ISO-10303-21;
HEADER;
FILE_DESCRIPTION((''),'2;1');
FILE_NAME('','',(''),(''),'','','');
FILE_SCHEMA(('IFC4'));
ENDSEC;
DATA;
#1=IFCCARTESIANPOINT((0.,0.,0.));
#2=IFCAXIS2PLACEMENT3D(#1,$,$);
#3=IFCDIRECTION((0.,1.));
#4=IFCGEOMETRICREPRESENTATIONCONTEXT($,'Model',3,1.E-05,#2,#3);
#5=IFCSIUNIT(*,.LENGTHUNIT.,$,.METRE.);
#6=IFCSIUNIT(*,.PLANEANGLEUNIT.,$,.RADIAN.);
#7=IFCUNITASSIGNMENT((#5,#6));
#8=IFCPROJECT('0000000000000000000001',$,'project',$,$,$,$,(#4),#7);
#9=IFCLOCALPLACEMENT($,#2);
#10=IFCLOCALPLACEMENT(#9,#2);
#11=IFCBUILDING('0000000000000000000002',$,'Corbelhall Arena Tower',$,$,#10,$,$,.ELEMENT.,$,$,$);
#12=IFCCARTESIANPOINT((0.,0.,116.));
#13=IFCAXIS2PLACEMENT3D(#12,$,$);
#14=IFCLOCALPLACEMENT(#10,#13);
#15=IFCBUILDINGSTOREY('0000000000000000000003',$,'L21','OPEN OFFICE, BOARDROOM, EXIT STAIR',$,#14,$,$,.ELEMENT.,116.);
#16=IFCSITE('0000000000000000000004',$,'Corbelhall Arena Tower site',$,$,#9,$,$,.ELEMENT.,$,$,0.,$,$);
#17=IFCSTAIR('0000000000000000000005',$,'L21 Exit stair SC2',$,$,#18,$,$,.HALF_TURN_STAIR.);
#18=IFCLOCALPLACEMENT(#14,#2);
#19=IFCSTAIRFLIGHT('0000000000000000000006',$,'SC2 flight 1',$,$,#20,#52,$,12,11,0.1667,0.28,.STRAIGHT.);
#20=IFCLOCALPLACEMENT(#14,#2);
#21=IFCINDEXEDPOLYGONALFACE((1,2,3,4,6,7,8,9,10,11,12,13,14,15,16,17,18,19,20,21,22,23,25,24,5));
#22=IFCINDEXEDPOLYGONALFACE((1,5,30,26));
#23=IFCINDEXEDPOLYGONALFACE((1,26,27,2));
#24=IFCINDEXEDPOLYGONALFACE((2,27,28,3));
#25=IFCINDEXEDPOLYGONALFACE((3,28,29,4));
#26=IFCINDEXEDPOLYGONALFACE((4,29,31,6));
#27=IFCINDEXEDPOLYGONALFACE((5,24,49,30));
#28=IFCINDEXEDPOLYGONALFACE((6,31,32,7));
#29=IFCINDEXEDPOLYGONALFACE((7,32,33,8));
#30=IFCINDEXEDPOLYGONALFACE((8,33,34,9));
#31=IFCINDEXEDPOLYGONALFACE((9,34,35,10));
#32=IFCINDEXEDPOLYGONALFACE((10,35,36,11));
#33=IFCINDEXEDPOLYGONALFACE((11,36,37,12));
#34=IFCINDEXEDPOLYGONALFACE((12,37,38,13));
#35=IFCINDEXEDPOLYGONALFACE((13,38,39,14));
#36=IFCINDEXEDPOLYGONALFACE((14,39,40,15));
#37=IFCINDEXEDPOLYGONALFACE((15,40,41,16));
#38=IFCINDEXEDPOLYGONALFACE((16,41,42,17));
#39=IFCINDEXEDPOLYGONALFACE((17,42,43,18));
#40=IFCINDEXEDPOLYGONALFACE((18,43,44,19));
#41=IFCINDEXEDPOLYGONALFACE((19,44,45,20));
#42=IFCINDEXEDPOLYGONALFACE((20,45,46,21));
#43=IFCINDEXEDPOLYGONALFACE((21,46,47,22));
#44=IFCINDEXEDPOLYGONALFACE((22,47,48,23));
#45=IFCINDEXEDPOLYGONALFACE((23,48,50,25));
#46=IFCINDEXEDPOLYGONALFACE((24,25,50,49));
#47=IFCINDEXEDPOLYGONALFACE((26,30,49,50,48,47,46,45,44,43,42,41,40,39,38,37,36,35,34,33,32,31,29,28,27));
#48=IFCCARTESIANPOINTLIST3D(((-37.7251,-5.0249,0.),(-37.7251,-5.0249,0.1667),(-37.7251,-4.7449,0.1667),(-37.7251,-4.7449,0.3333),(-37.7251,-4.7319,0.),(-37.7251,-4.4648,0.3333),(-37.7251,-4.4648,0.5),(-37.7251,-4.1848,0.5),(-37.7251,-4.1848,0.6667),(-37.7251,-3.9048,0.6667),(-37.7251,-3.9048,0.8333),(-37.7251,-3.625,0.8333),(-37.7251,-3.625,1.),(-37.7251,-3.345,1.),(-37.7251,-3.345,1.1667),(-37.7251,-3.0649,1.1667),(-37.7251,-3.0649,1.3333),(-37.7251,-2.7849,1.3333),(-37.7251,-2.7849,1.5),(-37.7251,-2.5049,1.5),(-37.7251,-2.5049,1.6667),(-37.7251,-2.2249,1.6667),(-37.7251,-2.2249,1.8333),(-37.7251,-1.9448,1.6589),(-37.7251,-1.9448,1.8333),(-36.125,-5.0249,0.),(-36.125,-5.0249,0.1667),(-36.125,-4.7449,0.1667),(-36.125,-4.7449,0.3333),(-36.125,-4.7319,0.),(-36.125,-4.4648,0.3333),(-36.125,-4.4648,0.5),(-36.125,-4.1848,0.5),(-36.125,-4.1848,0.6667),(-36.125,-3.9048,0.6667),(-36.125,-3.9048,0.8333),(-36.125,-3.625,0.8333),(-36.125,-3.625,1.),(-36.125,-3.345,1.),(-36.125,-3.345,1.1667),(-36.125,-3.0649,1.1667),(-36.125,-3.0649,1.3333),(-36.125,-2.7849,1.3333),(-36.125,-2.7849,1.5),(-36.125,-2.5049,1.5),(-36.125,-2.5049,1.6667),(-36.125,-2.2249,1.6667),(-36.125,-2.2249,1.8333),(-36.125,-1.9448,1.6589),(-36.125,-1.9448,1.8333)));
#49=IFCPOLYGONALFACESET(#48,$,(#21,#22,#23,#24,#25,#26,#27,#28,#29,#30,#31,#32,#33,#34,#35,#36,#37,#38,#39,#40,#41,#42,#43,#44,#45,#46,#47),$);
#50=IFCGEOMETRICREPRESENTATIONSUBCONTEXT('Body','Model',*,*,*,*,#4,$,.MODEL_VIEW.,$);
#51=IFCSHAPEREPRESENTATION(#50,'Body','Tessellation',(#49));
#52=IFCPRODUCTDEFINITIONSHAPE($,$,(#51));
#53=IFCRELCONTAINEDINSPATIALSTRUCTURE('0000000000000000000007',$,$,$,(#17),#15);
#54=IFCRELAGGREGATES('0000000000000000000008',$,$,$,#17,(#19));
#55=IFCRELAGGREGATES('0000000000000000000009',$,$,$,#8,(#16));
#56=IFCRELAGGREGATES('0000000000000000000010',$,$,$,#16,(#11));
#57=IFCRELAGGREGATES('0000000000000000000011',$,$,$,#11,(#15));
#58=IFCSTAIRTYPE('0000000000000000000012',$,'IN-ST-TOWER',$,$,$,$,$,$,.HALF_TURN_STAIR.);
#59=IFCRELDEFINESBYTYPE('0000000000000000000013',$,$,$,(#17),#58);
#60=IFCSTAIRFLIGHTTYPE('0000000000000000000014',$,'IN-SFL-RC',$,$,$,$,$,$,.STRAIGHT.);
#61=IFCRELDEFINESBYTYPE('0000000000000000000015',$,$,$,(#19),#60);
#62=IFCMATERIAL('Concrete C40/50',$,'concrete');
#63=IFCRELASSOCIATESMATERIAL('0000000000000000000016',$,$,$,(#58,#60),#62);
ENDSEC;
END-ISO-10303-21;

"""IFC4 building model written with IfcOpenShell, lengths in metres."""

from ifc_helpers import new_model, si_unit, direction, frame, origin, place, context, subcontext, project, spatial, polyline, outline, extrude, material, type_object, element, aggregate, save


model = new_model("IFC4")

# Units and contexts
model_context = context("Model", 3, precision=1e-05, world=origin(), true_north=direction((0.0, 1.0)))
body_context = subcontext(model_context, "Body", "Model", "MODEL_VIEW")
ifc_project = project(units=[si_unit("LENGTHUNIT", "METRE"), si_unit("PLANEANGLEUNIT", "RADIAN")], contexts=[model_context])

# Site, building, storey
site_placement = place(None, origin())
site = spatial("IfcSite", under=ifc_project, at=site_placement, Name="Corbelhall Arena Tower site", CompositionType="ELEMENT", RefElevation=0.0)
building_placement = place(site_placement, origin())
building = spatial("IfcBuilding", under=site, at=building_placement, Name="Corbelhall Arena Tower", CompositionType="ELEMENT")
storey_placement = place(building_placement, frame((0.0, 0.0, 116.0)))
storey = spatial("IfcBuildingStorey", under=building, at=storey_placement, Name="L21", Description="OPEN OFFICE, BOARDROOM, EXIT STAIR", CompositionType="ELEMENT", Elevation=116.0)

# Shared definitions
ifc_material_1 = material(Name="Concrete C40/50", Category="concrete")

# Stair, stair flight
stair_type = type_object("IfcStairType", Name="IN-ST-TOWER", PredefinedType="HALF_TURN_STAIR", material=ifc_material_1)
stair_placement = place(storey_placement, origin())
stair = element("IfcStair", 1, at=stair_placement, inside=storey, type_object=stair_type, Name="L21 Exit stair SC2", PredefinedType="HALF_TURN_STAIR")
stair_flight_type = type_object("IfcStairFlightType", Name="IN-SFL-RC", PredefinedType="STRAIGHT", material=ifc_material_1)
stair_flight_placement = place(storey_placement, frame((-36.925, -5.0249, 0.0), z_axis=(0.0, 0.0, 1.0), x_axis=(0.0, 1.0, 0.0)))
stair_flight = element("IfcStairFlight", 2, at=stair_flight_placement, type_object=stair_flight_type, Name="SC2 flight 1", NumberOfRisers=12, NumberOfTreads=11, PredefinedType="STRAIGHT", RiserHeight=0.1667, TreadLength=0.28, context=body_context, shape_type="SweptSolid", body=[
    extrude(outline(polyline([(0.0, 0.0), (0.0, 0.1667), (0.28, 0.1667), (0.28, 0.3333), (0.5601, 0.3333), (0.5601, 0.5), (0.8401, 0.5), (0.8401, 0.6667), (1.1201, 0.6667), (1.1201, 0.8333), (1.3999, 0.8333), (1.3999, 1.0), (1.6799, 1.0), (1.6799, 1.1667), (1.96, 1.1667), (1.96, 1.3333), (2.24, 1.3333), (2.24, 1.5), (2.52, 1.5), (2.52, 1.6667), (2.8, 1.6667), (2.8, 1.8333), (3.0801, 1.8333), (3.0801, 2.0), (3.0801, 1.6589), (0.293, 0.0), (0.0, 0.0)])), frame((0.0, 0.8, 0.0), z_axis=(0.0, -1.0, 0.0), x_axis=(1.0, 0.0, 0.0)), (0.0, 0.0, 1.0), 1.6001),
])
aggregate(stair, [stair_flight])

save(model, "model.ifc")
